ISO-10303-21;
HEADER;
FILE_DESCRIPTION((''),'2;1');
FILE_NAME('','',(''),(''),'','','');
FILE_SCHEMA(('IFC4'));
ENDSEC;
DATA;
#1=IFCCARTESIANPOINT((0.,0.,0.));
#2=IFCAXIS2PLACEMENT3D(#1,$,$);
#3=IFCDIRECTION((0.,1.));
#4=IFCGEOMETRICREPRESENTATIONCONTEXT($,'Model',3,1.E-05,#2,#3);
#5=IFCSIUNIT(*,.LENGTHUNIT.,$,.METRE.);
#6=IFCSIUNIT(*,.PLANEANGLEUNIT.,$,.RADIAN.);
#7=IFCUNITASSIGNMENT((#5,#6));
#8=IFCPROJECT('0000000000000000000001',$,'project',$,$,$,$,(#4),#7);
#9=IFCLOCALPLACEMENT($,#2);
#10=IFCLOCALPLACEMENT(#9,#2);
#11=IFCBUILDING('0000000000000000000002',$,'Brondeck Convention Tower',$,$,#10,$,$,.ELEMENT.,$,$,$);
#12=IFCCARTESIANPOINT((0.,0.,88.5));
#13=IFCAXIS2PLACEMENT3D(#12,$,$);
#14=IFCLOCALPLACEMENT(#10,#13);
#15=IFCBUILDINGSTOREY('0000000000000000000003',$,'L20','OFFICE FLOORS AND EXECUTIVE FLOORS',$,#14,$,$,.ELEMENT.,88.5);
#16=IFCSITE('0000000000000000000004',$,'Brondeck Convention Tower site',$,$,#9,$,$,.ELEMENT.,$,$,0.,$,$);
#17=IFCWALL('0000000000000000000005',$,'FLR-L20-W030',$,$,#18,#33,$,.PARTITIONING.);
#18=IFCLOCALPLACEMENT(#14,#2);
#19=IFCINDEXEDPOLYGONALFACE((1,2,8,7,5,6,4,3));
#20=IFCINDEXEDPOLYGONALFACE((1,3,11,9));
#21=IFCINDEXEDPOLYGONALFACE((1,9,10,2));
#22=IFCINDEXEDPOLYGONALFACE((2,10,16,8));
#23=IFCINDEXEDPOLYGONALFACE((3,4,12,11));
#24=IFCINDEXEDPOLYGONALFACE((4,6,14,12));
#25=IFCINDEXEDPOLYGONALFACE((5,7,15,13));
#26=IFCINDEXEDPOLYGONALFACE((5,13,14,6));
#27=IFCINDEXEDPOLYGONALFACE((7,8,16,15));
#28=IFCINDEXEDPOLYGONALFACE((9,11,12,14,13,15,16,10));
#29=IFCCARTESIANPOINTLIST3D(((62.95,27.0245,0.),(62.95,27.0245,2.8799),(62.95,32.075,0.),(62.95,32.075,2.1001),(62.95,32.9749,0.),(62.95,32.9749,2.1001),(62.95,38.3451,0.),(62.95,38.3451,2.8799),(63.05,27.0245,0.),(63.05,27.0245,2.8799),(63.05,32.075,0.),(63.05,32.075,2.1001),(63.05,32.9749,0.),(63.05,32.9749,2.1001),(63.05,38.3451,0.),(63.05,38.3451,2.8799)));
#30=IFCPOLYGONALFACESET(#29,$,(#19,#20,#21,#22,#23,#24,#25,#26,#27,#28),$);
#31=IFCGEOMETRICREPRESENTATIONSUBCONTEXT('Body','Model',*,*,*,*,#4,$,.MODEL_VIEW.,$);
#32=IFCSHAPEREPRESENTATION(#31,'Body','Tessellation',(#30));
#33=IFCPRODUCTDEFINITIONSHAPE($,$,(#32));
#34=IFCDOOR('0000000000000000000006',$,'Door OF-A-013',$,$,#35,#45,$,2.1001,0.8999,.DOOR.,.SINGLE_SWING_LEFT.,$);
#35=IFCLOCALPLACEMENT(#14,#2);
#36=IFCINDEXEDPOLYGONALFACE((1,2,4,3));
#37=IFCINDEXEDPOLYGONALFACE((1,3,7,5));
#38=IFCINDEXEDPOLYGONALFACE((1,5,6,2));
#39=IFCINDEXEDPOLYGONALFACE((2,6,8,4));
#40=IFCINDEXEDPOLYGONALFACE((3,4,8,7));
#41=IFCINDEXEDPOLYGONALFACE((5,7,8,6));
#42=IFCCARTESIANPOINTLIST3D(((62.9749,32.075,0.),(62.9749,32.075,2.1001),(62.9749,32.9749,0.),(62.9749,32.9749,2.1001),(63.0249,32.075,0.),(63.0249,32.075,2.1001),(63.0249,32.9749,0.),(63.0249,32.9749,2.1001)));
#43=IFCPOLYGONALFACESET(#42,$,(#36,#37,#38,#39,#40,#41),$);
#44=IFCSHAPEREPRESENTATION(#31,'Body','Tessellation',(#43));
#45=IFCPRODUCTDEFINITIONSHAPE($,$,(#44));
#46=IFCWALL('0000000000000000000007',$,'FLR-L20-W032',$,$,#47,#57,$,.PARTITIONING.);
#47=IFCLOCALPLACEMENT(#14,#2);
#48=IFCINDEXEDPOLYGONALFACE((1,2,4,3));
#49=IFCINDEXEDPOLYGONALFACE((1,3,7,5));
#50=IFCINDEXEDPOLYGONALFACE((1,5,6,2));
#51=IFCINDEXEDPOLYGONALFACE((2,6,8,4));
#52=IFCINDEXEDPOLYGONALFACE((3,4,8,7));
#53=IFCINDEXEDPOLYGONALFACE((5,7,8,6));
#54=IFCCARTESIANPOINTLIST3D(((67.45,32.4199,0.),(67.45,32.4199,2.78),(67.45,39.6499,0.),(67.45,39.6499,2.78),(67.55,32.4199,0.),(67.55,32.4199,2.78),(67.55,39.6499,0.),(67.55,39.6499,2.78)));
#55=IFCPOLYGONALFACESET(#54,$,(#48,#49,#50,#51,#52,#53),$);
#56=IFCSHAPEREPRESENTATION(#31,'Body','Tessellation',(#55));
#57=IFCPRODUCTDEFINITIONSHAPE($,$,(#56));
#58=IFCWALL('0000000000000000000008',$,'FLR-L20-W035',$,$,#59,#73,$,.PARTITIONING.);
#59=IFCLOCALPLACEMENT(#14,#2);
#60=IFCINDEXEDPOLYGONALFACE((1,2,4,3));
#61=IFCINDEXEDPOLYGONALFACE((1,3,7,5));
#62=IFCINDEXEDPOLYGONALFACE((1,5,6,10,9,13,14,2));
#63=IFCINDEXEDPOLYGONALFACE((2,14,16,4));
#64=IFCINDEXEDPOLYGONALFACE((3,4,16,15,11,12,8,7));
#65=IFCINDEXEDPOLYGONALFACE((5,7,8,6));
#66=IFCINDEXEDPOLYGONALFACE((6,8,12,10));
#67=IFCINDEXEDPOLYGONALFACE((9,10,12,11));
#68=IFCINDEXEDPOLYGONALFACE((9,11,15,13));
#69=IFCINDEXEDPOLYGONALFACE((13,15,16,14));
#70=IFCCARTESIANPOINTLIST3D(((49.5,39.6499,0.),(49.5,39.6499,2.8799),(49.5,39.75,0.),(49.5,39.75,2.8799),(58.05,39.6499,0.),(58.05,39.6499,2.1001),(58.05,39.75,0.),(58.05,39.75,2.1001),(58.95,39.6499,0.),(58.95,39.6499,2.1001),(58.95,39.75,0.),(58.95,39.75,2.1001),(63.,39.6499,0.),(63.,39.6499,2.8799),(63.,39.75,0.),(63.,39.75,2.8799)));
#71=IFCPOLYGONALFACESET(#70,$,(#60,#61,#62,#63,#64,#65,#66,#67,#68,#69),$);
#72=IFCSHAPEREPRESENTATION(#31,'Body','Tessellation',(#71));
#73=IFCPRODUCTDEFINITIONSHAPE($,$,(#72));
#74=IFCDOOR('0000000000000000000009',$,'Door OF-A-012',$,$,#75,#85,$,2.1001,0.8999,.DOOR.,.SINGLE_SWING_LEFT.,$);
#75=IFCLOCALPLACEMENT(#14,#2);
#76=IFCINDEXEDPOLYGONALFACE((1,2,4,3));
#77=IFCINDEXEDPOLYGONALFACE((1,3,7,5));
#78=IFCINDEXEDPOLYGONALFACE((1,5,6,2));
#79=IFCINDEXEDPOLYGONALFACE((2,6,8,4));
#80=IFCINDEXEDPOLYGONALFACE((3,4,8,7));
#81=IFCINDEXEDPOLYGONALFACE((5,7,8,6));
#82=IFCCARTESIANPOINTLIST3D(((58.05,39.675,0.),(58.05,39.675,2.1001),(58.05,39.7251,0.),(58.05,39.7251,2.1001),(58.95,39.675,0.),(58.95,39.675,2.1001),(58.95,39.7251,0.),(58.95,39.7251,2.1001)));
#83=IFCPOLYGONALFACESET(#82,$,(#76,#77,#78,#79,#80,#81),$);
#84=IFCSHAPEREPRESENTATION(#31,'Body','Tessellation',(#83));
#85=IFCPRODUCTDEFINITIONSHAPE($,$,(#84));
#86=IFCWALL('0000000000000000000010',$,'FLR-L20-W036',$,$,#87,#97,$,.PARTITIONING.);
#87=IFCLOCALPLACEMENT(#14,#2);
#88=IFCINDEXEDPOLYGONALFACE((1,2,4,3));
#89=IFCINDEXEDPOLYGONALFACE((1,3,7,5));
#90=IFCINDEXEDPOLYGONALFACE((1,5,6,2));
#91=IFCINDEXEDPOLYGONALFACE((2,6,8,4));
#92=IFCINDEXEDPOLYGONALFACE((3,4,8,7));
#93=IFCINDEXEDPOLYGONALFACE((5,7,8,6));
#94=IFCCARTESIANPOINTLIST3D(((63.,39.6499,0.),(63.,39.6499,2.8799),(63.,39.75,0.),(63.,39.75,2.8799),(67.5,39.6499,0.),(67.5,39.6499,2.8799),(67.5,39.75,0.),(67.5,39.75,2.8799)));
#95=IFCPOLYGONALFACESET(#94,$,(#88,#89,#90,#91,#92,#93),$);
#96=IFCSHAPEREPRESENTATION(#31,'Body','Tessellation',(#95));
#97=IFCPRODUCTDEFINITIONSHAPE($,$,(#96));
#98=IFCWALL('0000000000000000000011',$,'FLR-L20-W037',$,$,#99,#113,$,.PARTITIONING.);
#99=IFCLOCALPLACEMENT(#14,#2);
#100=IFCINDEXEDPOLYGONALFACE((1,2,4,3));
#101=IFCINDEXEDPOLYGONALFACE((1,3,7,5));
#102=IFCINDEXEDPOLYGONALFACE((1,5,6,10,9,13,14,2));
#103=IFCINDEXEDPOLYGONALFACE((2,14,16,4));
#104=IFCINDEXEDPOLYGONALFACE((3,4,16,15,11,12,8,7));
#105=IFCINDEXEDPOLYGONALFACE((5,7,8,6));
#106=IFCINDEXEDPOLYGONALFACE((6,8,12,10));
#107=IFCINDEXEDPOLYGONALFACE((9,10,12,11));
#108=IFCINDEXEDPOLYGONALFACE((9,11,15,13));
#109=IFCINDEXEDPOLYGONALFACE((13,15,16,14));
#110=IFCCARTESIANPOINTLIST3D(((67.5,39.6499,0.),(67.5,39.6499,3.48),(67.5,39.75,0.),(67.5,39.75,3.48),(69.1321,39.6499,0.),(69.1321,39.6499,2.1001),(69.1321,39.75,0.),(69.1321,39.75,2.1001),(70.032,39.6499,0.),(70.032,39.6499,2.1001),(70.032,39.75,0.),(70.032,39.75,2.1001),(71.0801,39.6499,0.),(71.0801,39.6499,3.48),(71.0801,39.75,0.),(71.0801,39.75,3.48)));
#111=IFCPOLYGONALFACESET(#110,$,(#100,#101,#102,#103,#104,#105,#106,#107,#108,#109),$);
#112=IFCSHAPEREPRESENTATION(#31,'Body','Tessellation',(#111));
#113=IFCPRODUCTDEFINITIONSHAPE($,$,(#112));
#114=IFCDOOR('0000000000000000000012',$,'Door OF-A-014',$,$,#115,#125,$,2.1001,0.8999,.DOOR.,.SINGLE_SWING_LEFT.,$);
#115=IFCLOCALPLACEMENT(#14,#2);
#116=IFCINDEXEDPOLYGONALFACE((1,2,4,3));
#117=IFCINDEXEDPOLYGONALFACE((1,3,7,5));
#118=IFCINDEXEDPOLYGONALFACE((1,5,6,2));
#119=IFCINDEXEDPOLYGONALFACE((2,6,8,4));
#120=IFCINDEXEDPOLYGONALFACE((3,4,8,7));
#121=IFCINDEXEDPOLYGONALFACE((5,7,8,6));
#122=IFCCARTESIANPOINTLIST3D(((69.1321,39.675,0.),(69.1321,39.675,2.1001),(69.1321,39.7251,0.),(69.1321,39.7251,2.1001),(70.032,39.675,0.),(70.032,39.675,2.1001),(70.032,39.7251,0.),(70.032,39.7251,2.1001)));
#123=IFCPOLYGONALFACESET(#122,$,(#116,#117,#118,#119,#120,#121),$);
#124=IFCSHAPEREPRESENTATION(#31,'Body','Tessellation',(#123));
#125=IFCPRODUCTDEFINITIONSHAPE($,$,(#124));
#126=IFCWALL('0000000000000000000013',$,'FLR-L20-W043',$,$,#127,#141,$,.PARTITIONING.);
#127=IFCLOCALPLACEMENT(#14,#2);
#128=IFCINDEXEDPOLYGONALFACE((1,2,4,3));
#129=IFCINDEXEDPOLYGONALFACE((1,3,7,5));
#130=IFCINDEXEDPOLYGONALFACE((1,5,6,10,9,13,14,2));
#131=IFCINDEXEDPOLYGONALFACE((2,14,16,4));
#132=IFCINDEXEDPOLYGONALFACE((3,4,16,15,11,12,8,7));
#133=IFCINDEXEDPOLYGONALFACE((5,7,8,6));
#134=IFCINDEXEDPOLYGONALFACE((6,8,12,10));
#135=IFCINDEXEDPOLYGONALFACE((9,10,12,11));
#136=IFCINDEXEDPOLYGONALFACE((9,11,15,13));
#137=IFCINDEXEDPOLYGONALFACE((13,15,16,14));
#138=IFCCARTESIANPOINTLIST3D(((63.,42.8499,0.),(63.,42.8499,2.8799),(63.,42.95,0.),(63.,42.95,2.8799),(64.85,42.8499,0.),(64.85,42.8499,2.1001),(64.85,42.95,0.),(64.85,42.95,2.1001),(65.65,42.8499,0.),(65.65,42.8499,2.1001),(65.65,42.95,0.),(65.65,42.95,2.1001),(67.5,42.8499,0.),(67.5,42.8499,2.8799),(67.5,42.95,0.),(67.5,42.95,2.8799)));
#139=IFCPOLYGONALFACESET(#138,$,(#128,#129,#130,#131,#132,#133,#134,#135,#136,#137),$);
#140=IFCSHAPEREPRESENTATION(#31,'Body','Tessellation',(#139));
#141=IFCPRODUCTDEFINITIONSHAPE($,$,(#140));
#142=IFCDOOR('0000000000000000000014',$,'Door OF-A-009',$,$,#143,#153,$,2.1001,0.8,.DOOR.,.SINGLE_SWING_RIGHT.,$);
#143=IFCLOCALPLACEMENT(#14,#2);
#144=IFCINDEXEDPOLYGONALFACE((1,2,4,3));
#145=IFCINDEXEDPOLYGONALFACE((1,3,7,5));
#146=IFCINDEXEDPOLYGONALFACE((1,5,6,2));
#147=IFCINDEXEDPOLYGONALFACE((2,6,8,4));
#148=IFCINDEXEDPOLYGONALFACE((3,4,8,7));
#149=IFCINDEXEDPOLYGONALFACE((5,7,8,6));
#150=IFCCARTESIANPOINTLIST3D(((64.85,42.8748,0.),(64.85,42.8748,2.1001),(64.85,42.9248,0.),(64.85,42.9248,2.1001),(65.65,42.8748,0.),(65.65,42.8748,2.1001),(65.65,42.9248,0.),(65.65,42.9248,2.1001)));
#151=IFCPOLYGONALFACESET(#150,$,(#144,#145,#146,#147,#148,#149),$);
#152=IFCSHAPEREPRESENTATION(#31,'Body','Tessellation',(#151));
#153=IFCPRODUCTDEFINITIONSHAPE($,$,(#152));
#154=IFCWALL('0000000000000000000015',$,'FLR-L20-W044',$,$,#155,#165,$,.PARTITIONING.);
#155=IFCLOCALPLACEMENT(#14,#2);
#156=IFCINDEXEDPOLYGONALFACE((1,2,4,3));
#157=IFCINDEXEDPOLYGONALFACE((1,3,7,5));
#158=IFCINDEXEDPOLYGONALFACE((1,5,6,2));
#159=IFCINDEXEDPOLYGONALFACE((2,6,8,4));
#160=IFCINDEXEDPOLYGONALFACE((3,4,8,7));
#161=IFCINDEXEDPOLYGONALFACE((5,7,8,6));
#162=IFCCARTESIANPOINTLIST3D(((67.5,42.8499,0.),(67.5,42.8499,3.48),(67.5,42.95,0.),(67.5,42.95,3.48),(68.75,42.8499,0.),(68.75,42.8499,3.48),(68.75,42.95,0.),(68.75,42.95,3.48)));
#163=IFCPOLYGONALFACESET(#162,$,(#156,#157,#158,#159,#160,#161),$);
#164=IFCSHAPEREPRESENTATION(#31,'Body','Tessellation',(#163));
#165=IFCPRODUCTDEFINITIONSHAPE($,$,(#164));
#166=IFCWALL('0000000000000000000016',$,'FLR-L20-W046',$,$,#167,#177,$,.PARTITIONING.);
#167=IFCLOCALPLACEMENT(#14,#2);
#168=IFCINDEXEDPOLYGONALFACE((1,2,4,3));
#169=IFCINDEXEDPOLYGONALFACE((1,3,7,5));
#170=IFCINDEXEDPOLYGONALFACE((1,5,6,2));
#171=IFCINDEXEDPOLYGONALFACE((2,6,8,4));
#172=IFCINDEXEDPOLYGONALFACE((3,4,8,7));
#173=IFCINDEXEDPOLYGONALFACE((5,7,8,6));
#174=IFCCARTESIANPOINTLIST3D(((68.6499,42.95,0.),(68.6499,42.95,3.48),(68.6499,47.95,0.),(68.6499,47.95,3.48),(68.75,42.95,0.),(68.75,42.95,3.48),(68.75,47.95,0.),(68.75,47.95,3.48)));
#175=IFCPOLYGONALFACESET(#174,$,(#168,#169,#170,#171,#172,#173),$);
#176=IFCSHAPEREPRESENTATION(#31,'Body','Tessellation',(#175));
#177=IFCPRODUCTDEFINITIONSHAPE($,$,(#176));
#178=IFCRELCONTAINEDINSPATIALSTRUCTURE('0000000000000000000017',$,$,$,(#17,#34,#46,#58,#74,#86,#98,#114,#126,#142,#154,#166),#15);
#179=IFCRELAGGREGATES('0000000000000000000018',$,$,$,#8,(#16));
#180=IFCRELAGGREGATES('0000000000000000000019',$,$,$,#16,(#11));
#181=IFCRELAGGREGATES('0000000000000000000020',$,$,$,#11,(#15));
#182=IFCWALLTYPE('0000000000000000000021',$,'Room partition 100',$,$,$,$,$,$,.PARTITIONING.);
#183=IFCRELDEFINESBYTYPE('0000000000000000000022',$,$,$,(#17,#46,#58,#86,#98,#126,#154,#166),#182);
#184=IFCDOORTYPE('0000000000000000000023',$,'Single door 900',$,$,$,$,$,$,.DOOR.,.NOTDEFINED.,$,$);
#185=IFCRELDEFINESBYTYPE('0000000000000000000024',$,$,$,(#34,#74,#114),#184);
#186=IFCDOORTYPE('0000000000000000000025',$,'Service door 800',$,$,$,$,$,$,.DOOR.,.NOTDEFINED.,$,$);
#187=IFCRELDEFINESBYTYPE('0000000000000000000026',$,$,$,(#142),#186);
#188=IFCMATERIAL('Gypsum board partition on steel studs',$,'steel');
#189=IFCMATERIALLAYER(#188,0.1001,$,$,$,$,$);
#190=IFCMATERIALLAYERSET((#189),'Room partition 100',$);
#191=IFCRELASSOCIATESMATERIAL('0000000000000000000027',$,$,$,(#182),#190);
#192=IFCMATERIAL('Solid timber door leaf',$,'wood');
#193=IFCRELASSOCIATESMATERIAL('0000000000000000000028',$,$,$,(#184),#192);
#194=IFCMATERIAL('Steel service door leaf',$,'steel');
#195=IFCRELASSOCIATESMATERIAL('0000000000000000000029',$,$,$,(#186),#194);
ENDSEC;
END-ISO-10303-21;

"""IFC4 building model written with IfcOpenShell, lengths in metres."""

from ifc_helpers import new_model, si_unit, direction, frame, frame_2d, origin, place, context, subcontext, project, spatial, rectangle, extrude, material, layer, layer_set, type_object, element, fill, save


model = new_model("IFC4")

# Units and contexts
model_context = context("Model", 3, precision=1e-05, world=origin(), true_north=direction((0.0, 1.0)))
body_context = subcontext(model_context, "Body", "Model", "MODEL_VIEW")
ifc_project = project(units=[si_unit("LENGTHUNIT", "METRE"), si_unit("PLANEANGLEUNIT", "RADIAN")], contexts=[model_context])

# Site, building, storey
site_placement = place(None, origin())
site = spatial("IfcSite", under=ifc_project, at=site_placement, Name="Brondeck Convention Tower site", CompositionType="ELEMENT", RefElevation=0.0)
building_placement = place(site_placement, origin())
building = spatial("IfcBuilding", under=site, at=building_placement, Name="Brondeck Convention Tower", CompositionType="ELEMENT")
storey_placement = place(building_placement, frame((0.0, 0.0, 88.5)))
storey = spatial("IfcBuildingStorey", under=building, at=storey_placement, Name="L20", Description="OFFICE FLOORS AND EXECUTIVE FLOORS", CompositionType="ELEMENT", Elevation=88.5)

# Wall, opening, door
ifc_material_1 = material(Name="Gypsum board partition on steel studs", Category="steel")
ifc_layer = layer(ifc_material_1, 0.1001)
ifc_layer_set = layer_set([ifc_layer], Name="Room partition 100")
wall_type = type_object("IfcWallType", Name="Room partition 100", PredefinedType="PARTITIONING", material=ifc_layer_set)
wall_1_placement = place(storey_placement, frame((63.0, 38.345, 0.0), z_axis=(0.0, 0.0, 1.0), x_axis=(0.0, -1.0, 0.0)))
wall_1 = element("IfcWall", 1, at=wall_1_placement, inside=storey, type_object=wall_type, Name="FLR-L20-W030", PredefinedType="PARTITIONING", context=body_context, shape_type="SweptSolid", body=[
    extrude(rectangle(XDim=11.3206, YDim=0.1001, at=frame_2d((5.6602, 0.0))), origin(), (0.0, 0.0, 1.0), 2.8799),
])
opening_1_placement = place(wall_1_placement, frame((5.3701, 0.0, 0.0)))
opening_1 = element("IfcOpeningElement", 2, at=opening_1_placement, cuts=wall_1, PredefinedType="OPENING", context=body_context, shape_type="SweptSolid", body=[
    extrude(rectangle(XDim=0.8999, YDim=2.1001, at=frame_2d((0.45, 1.05))), frame((0.0, 0.0601, 0.0), z_axis=(0.0, -1.0, 0.0), x_axis=(1.0, 0.0, 0.0)), (0.0, 0.0, 1.0), 0.1201),
])
ifc_material_2 = material(Name="Solid timber door leaf", Category="wood")
door_type_1 = type_object("IfcDoorType", Name="Single door 900", OperationType="NOTDEFINED", PredefinedType="DOOR", material=ifc_material_2)
door_1_placement = place(opening_1_placement, origin())
door_1 = element("IfcDoor", 3, at=door_1_placement, inside=storey, type_object=door_type_1, Name="Door OF-A-013", OperationType="SINGLE_SWING_LEFT", OverallHeight=2.1001, OverallWidth=0.8999, PredefinedType="DOOR", context=body_context, shape_type="SweptSolid", body=[
    extrude(rectangle(XDim=0.8999, YDim=2.1001, at=frame_2d((0.45, 1.05))), frame((0.0, 0.0249, 0.0), z_axis=(0.0, -1.0, 0.0), x_axis=(1.0, 0.0, 0.0)), (0.0, 0.0, 1.0), 0.05),
])
fill(opening_1, door_1)

# Wall
wall_2_placement = place(storey_placement, frame((67.5, 39.6499, 0.0), z_axis=(0.0, 0.0, 1.0), x_axis=(0.0, -1.0, 0.0)))
element("IfcWall", 4, at=wall_2_placement, inside=storey, type_object=wall_type, Name="FLR-L20-W032", PredefinedType="PARTITIONING", context=body_context, shape_type="SweptSolid", body=[
    extrude(rectangle(XDim=7.23, YDim=0.1001, at=frame_2d((3.615, 0.0))), origin(), (0.0, 0.0, 1.0), 2.78),
])

# Wall, opening, door
wall_3_placement = place(storey_placement, frame((63.0, 39.7, 0.0), z_axis=(0.0, 0.0, 1.0), x_axis=(-1.0, 0.0, 0.0)))
wall_3 = element("IfcWall", 5, at=wall_3_placement, inside=storey, type_object=wall_type, Name="FLR-L20-W035", PredefinedType="PARTITIONING", context=body_context, shape_type="SweptSolid", body=[
    extrude(rectangle(XDim=13.5, YDim=0.1001, at=frame_2d((6.75, 0.0))), origin(), (0.0, 0.0, 1.0), 2.8799),
])
opening_2_placement = place(wall_3_placement, frame((4.05, 0.0, 0.0)))
opening_2 = element("IfcOpeningElement", 6, at=opening_2_placement, cuts=wall_3, PredefinedType="OPENING", context=body_context, shape_type="SweptSolid", body=[
    extrude(rectangle(XDim=0.8999, YDim=2.1001, at=frame_2d((0.45, 1.05))), frame((0.0, 0.0601, 0.0), z_axis=(0.0, -1.0, 0.0), x_axis=(1.0, 0.0, 0.0)), (0.0, 0.0, 1.0), 0.1201),
])
door_2_placement = place(opening_2_placement, origin())
door_2 = element("IfcDoor", 7, at=door_2_placement, inside=storey, type_object=door_type_1, Name="Door OF-A-012", OperationType="SINGLE_SWING_LEFT", OverallHeight=2.1001, OverallWidth=0.8999, PredefinedType="DOOR", context=body_context, shape_type="SweptSolid", body=[
    extrude(rectangle(XDim=0.8999, YDim=2.1001, at=frame_2d((0.45, 1.05))), frame((0.0, 0.0249, 0.0), z_axis=(0.0, -1.0, 0.0), x_axis=(1.0, 0.0, 0.0)), (0.0, 0.0, 1.0), 0.05),
])
fill(opening_2, door_2)

# Wall
wall_4_placement = place(storey_placement, frame((67.5, 39.7, 0.0), z_axis=(0.0, 0.0, 1.0), x_axis=(-1.0, 0.0, 0.0)))
element("IfcWall", 8, at=wall_4_placement, inside=storey, type_object=wall_type, Name="FLR-L20-W036", PredefinedType="PARTITIONING", context=body_context, shape_type="SweptSolid", body=[
    extrude(rectangle(XDim=4.5, YDim=0.1001, at=frame_2d((2.25, 0.0))), origin(), (0.0, 0.0, 1.0), 2.8799),
])

# Walls, openings, doors
wall_5_placement = place(storey_placement, frame((71.0801, 39.7, 0.0), z_axis=(0.0, 0.0, 1.0), x_axis=(-1.0, 0.0, 0.0)))
wall_5 = element("IfcWall", 9, at=wall_5_placement, inside=storey, type_object=wall_type, Name="FLR-L20-W037", PredefinedType="PARTITIONING", context=body_context, shape_type="SweptSolid", body=[
    extrude(rectangle(XDim=3.5801, YDim=0.1001, at=frame_2d((1.79, 0.0))), origin(), (0.0, 0.0, 1.0), 3.48),
])
opening_3_placement = place(wall_5_placement, frame((1.0481, 0.0, 0.0)))
opening_3 = element("IfcOpeningElement", 10, at=opening_3_placement, cuts=wall_5, PredefinedType="OPENING", context=body_context, shape_type="SweptSolid", body=[
    extrude(rectangle(XDim=0.8999, YDim=2.1001, at=frame_2d((0.45, 1.05))), frame((0.0, 0.0601, 0.0), z_axis=(0.0, -1.0, 0.0), x_axis=(1.0, 0.0, 0.0)), (0.0, 0.0, 1.0), 0.1201),
])
door_3_placement = place(opening_3_placement, origin())
door_3 = element("IfcDoor", 11, at=door_3_placement, inside=storey, type_object=door_type_1, Name="Door OF-A-014", OperationType="SINGLE_SWING_LEFT", OverallHeight=2.1001, OverallWidth=0.8999, PredefinedType="DOOR", context=body_context, shape_type="SweptSolid", body=[
    extrude(rectangle(XDim=0.8999, YDim=2.1001, at=frame_2d((0.45, 1.05))), frame((0.0, 0.0249, 0.0), z_axis=(0.0, -1.0, 0.0), x_axis=(1.0, 0.0, 0.0)), (0.0, 0.0, 1.0), 0.05),
])
fill(opening_3, door_3)
wall_6_placement = place(storey_placement, frame((63.0, 42.8999, 0.0), z_axis=(0.0, 0.0, 1.0), x_axis=(1.0, 0.0, 0.0)))
wall_6 = element("IfcWall", 12, at=wall_6_placement, inside=storey, type_object=wall_type, Name="FLR-L20-W043", PredefinedType="PARTITIONING", context=body_context, shape_type="SweptSolid", body=[
    extrude(rectangle(XDim=4.5, YDim=0.1001, at=frame_2d((2.25, 0.0))), origin(), (0.0, 0.0, 1.0), 2.8799),
])
opening_4_placement = place(wall_6_placement, frame((1.8501, 0.0, 0.0)))
opening_4 = element("IfcOpeningElement", 13, at=opening_4_placement, cuts=wall_6, PredefinedType="OPENING", context=body_context, shape_type="SweptSolid", body=[
    extrude(rectangle(XDim=0.8, YDim=2.1001, at=frame_2d((0.3999, 1.05))), frame((0.0, 0.0601, 0.0), z_axis=(0.0, -1.0, 0.0), x_axis=(1.0, 0.0, 0.0)), (0.0, 0.0, 1.0), 0.1201),
])
ifc_material_3 = material(Name="Steel service door leaf", Category="steel")
door_type_2 = type_object("IfcDoorType", Name="Service door 800", OperationType="NOTDEFINED", PredefinedType="DOOR", material=ifc_material_3)
door_4_placement = place(opening_4_placement, origin())
door_4 = element("IfcDoor", 14, at=door_4_placement, inside=storey, type_object=door_type_2, Name="Door OF-A-009", OperationType="SINGLE_SWING_RIGHT", OverallHeight=2.1001, OverallWidth=0.8, PredefinedType="DOOR", context=body_context, shape_type="SweptSolid", body=[
    extrude(rectangle(XDim=0.8, YDim=2.1001, at=frame_2d((0.3999, 1.05))), frame((0.0, 0.0249, 0.0), z_axis=(0.0, -1.0, 0.0), x_axis=(1.0, 0.0, 0.0)), (0.0, 0.0, 1.0), 0.05),
])
fill(opening_4, door_4)

# Walls
wall_7_placement = place(storey_placement, frame((67.5, 42.8999, 0.0), z_axis=(0.0, 0.0, 1.0), x_axis=(1.0, 0.0, 0.0)))
element("IfcWall", 15, at=wall_7_placement, inside=storey, type_object=wall_type, Name="FLR-L20-W044", PredefinedType="PARTITIONING", context=body_context, shape_type="SweptSolid", body=[
    extrude(rectangle(XDim=1.25, YDim=0.1001, at=frame_2d((0.625, 0.0))), origin(), (0.0, 0.0, 1.0), 3.48),
])
wall_8_placement = place(storey_placement, frame((68.7, 42.95, 0.0), z_axis=(0.0, 0.0, 1.0), x_axis=(0.0, 1.0, 0.0)))
element("IfcWall", 16, at=wall_8_placement, inside=storey, type_object=wall_type, Name="FLR-L20-W046", PredefinedType="PARTITIONING", context=body_context, shape_type="SweptSolid", body=[
    extrude(rectangle(XDim=5.0, YDim=0.1001, at=frame_2d((2.5, 0.0))), origin(), (0.0, 0.0, 1.0), 3.48),
])

save(model, "model.ifc")
